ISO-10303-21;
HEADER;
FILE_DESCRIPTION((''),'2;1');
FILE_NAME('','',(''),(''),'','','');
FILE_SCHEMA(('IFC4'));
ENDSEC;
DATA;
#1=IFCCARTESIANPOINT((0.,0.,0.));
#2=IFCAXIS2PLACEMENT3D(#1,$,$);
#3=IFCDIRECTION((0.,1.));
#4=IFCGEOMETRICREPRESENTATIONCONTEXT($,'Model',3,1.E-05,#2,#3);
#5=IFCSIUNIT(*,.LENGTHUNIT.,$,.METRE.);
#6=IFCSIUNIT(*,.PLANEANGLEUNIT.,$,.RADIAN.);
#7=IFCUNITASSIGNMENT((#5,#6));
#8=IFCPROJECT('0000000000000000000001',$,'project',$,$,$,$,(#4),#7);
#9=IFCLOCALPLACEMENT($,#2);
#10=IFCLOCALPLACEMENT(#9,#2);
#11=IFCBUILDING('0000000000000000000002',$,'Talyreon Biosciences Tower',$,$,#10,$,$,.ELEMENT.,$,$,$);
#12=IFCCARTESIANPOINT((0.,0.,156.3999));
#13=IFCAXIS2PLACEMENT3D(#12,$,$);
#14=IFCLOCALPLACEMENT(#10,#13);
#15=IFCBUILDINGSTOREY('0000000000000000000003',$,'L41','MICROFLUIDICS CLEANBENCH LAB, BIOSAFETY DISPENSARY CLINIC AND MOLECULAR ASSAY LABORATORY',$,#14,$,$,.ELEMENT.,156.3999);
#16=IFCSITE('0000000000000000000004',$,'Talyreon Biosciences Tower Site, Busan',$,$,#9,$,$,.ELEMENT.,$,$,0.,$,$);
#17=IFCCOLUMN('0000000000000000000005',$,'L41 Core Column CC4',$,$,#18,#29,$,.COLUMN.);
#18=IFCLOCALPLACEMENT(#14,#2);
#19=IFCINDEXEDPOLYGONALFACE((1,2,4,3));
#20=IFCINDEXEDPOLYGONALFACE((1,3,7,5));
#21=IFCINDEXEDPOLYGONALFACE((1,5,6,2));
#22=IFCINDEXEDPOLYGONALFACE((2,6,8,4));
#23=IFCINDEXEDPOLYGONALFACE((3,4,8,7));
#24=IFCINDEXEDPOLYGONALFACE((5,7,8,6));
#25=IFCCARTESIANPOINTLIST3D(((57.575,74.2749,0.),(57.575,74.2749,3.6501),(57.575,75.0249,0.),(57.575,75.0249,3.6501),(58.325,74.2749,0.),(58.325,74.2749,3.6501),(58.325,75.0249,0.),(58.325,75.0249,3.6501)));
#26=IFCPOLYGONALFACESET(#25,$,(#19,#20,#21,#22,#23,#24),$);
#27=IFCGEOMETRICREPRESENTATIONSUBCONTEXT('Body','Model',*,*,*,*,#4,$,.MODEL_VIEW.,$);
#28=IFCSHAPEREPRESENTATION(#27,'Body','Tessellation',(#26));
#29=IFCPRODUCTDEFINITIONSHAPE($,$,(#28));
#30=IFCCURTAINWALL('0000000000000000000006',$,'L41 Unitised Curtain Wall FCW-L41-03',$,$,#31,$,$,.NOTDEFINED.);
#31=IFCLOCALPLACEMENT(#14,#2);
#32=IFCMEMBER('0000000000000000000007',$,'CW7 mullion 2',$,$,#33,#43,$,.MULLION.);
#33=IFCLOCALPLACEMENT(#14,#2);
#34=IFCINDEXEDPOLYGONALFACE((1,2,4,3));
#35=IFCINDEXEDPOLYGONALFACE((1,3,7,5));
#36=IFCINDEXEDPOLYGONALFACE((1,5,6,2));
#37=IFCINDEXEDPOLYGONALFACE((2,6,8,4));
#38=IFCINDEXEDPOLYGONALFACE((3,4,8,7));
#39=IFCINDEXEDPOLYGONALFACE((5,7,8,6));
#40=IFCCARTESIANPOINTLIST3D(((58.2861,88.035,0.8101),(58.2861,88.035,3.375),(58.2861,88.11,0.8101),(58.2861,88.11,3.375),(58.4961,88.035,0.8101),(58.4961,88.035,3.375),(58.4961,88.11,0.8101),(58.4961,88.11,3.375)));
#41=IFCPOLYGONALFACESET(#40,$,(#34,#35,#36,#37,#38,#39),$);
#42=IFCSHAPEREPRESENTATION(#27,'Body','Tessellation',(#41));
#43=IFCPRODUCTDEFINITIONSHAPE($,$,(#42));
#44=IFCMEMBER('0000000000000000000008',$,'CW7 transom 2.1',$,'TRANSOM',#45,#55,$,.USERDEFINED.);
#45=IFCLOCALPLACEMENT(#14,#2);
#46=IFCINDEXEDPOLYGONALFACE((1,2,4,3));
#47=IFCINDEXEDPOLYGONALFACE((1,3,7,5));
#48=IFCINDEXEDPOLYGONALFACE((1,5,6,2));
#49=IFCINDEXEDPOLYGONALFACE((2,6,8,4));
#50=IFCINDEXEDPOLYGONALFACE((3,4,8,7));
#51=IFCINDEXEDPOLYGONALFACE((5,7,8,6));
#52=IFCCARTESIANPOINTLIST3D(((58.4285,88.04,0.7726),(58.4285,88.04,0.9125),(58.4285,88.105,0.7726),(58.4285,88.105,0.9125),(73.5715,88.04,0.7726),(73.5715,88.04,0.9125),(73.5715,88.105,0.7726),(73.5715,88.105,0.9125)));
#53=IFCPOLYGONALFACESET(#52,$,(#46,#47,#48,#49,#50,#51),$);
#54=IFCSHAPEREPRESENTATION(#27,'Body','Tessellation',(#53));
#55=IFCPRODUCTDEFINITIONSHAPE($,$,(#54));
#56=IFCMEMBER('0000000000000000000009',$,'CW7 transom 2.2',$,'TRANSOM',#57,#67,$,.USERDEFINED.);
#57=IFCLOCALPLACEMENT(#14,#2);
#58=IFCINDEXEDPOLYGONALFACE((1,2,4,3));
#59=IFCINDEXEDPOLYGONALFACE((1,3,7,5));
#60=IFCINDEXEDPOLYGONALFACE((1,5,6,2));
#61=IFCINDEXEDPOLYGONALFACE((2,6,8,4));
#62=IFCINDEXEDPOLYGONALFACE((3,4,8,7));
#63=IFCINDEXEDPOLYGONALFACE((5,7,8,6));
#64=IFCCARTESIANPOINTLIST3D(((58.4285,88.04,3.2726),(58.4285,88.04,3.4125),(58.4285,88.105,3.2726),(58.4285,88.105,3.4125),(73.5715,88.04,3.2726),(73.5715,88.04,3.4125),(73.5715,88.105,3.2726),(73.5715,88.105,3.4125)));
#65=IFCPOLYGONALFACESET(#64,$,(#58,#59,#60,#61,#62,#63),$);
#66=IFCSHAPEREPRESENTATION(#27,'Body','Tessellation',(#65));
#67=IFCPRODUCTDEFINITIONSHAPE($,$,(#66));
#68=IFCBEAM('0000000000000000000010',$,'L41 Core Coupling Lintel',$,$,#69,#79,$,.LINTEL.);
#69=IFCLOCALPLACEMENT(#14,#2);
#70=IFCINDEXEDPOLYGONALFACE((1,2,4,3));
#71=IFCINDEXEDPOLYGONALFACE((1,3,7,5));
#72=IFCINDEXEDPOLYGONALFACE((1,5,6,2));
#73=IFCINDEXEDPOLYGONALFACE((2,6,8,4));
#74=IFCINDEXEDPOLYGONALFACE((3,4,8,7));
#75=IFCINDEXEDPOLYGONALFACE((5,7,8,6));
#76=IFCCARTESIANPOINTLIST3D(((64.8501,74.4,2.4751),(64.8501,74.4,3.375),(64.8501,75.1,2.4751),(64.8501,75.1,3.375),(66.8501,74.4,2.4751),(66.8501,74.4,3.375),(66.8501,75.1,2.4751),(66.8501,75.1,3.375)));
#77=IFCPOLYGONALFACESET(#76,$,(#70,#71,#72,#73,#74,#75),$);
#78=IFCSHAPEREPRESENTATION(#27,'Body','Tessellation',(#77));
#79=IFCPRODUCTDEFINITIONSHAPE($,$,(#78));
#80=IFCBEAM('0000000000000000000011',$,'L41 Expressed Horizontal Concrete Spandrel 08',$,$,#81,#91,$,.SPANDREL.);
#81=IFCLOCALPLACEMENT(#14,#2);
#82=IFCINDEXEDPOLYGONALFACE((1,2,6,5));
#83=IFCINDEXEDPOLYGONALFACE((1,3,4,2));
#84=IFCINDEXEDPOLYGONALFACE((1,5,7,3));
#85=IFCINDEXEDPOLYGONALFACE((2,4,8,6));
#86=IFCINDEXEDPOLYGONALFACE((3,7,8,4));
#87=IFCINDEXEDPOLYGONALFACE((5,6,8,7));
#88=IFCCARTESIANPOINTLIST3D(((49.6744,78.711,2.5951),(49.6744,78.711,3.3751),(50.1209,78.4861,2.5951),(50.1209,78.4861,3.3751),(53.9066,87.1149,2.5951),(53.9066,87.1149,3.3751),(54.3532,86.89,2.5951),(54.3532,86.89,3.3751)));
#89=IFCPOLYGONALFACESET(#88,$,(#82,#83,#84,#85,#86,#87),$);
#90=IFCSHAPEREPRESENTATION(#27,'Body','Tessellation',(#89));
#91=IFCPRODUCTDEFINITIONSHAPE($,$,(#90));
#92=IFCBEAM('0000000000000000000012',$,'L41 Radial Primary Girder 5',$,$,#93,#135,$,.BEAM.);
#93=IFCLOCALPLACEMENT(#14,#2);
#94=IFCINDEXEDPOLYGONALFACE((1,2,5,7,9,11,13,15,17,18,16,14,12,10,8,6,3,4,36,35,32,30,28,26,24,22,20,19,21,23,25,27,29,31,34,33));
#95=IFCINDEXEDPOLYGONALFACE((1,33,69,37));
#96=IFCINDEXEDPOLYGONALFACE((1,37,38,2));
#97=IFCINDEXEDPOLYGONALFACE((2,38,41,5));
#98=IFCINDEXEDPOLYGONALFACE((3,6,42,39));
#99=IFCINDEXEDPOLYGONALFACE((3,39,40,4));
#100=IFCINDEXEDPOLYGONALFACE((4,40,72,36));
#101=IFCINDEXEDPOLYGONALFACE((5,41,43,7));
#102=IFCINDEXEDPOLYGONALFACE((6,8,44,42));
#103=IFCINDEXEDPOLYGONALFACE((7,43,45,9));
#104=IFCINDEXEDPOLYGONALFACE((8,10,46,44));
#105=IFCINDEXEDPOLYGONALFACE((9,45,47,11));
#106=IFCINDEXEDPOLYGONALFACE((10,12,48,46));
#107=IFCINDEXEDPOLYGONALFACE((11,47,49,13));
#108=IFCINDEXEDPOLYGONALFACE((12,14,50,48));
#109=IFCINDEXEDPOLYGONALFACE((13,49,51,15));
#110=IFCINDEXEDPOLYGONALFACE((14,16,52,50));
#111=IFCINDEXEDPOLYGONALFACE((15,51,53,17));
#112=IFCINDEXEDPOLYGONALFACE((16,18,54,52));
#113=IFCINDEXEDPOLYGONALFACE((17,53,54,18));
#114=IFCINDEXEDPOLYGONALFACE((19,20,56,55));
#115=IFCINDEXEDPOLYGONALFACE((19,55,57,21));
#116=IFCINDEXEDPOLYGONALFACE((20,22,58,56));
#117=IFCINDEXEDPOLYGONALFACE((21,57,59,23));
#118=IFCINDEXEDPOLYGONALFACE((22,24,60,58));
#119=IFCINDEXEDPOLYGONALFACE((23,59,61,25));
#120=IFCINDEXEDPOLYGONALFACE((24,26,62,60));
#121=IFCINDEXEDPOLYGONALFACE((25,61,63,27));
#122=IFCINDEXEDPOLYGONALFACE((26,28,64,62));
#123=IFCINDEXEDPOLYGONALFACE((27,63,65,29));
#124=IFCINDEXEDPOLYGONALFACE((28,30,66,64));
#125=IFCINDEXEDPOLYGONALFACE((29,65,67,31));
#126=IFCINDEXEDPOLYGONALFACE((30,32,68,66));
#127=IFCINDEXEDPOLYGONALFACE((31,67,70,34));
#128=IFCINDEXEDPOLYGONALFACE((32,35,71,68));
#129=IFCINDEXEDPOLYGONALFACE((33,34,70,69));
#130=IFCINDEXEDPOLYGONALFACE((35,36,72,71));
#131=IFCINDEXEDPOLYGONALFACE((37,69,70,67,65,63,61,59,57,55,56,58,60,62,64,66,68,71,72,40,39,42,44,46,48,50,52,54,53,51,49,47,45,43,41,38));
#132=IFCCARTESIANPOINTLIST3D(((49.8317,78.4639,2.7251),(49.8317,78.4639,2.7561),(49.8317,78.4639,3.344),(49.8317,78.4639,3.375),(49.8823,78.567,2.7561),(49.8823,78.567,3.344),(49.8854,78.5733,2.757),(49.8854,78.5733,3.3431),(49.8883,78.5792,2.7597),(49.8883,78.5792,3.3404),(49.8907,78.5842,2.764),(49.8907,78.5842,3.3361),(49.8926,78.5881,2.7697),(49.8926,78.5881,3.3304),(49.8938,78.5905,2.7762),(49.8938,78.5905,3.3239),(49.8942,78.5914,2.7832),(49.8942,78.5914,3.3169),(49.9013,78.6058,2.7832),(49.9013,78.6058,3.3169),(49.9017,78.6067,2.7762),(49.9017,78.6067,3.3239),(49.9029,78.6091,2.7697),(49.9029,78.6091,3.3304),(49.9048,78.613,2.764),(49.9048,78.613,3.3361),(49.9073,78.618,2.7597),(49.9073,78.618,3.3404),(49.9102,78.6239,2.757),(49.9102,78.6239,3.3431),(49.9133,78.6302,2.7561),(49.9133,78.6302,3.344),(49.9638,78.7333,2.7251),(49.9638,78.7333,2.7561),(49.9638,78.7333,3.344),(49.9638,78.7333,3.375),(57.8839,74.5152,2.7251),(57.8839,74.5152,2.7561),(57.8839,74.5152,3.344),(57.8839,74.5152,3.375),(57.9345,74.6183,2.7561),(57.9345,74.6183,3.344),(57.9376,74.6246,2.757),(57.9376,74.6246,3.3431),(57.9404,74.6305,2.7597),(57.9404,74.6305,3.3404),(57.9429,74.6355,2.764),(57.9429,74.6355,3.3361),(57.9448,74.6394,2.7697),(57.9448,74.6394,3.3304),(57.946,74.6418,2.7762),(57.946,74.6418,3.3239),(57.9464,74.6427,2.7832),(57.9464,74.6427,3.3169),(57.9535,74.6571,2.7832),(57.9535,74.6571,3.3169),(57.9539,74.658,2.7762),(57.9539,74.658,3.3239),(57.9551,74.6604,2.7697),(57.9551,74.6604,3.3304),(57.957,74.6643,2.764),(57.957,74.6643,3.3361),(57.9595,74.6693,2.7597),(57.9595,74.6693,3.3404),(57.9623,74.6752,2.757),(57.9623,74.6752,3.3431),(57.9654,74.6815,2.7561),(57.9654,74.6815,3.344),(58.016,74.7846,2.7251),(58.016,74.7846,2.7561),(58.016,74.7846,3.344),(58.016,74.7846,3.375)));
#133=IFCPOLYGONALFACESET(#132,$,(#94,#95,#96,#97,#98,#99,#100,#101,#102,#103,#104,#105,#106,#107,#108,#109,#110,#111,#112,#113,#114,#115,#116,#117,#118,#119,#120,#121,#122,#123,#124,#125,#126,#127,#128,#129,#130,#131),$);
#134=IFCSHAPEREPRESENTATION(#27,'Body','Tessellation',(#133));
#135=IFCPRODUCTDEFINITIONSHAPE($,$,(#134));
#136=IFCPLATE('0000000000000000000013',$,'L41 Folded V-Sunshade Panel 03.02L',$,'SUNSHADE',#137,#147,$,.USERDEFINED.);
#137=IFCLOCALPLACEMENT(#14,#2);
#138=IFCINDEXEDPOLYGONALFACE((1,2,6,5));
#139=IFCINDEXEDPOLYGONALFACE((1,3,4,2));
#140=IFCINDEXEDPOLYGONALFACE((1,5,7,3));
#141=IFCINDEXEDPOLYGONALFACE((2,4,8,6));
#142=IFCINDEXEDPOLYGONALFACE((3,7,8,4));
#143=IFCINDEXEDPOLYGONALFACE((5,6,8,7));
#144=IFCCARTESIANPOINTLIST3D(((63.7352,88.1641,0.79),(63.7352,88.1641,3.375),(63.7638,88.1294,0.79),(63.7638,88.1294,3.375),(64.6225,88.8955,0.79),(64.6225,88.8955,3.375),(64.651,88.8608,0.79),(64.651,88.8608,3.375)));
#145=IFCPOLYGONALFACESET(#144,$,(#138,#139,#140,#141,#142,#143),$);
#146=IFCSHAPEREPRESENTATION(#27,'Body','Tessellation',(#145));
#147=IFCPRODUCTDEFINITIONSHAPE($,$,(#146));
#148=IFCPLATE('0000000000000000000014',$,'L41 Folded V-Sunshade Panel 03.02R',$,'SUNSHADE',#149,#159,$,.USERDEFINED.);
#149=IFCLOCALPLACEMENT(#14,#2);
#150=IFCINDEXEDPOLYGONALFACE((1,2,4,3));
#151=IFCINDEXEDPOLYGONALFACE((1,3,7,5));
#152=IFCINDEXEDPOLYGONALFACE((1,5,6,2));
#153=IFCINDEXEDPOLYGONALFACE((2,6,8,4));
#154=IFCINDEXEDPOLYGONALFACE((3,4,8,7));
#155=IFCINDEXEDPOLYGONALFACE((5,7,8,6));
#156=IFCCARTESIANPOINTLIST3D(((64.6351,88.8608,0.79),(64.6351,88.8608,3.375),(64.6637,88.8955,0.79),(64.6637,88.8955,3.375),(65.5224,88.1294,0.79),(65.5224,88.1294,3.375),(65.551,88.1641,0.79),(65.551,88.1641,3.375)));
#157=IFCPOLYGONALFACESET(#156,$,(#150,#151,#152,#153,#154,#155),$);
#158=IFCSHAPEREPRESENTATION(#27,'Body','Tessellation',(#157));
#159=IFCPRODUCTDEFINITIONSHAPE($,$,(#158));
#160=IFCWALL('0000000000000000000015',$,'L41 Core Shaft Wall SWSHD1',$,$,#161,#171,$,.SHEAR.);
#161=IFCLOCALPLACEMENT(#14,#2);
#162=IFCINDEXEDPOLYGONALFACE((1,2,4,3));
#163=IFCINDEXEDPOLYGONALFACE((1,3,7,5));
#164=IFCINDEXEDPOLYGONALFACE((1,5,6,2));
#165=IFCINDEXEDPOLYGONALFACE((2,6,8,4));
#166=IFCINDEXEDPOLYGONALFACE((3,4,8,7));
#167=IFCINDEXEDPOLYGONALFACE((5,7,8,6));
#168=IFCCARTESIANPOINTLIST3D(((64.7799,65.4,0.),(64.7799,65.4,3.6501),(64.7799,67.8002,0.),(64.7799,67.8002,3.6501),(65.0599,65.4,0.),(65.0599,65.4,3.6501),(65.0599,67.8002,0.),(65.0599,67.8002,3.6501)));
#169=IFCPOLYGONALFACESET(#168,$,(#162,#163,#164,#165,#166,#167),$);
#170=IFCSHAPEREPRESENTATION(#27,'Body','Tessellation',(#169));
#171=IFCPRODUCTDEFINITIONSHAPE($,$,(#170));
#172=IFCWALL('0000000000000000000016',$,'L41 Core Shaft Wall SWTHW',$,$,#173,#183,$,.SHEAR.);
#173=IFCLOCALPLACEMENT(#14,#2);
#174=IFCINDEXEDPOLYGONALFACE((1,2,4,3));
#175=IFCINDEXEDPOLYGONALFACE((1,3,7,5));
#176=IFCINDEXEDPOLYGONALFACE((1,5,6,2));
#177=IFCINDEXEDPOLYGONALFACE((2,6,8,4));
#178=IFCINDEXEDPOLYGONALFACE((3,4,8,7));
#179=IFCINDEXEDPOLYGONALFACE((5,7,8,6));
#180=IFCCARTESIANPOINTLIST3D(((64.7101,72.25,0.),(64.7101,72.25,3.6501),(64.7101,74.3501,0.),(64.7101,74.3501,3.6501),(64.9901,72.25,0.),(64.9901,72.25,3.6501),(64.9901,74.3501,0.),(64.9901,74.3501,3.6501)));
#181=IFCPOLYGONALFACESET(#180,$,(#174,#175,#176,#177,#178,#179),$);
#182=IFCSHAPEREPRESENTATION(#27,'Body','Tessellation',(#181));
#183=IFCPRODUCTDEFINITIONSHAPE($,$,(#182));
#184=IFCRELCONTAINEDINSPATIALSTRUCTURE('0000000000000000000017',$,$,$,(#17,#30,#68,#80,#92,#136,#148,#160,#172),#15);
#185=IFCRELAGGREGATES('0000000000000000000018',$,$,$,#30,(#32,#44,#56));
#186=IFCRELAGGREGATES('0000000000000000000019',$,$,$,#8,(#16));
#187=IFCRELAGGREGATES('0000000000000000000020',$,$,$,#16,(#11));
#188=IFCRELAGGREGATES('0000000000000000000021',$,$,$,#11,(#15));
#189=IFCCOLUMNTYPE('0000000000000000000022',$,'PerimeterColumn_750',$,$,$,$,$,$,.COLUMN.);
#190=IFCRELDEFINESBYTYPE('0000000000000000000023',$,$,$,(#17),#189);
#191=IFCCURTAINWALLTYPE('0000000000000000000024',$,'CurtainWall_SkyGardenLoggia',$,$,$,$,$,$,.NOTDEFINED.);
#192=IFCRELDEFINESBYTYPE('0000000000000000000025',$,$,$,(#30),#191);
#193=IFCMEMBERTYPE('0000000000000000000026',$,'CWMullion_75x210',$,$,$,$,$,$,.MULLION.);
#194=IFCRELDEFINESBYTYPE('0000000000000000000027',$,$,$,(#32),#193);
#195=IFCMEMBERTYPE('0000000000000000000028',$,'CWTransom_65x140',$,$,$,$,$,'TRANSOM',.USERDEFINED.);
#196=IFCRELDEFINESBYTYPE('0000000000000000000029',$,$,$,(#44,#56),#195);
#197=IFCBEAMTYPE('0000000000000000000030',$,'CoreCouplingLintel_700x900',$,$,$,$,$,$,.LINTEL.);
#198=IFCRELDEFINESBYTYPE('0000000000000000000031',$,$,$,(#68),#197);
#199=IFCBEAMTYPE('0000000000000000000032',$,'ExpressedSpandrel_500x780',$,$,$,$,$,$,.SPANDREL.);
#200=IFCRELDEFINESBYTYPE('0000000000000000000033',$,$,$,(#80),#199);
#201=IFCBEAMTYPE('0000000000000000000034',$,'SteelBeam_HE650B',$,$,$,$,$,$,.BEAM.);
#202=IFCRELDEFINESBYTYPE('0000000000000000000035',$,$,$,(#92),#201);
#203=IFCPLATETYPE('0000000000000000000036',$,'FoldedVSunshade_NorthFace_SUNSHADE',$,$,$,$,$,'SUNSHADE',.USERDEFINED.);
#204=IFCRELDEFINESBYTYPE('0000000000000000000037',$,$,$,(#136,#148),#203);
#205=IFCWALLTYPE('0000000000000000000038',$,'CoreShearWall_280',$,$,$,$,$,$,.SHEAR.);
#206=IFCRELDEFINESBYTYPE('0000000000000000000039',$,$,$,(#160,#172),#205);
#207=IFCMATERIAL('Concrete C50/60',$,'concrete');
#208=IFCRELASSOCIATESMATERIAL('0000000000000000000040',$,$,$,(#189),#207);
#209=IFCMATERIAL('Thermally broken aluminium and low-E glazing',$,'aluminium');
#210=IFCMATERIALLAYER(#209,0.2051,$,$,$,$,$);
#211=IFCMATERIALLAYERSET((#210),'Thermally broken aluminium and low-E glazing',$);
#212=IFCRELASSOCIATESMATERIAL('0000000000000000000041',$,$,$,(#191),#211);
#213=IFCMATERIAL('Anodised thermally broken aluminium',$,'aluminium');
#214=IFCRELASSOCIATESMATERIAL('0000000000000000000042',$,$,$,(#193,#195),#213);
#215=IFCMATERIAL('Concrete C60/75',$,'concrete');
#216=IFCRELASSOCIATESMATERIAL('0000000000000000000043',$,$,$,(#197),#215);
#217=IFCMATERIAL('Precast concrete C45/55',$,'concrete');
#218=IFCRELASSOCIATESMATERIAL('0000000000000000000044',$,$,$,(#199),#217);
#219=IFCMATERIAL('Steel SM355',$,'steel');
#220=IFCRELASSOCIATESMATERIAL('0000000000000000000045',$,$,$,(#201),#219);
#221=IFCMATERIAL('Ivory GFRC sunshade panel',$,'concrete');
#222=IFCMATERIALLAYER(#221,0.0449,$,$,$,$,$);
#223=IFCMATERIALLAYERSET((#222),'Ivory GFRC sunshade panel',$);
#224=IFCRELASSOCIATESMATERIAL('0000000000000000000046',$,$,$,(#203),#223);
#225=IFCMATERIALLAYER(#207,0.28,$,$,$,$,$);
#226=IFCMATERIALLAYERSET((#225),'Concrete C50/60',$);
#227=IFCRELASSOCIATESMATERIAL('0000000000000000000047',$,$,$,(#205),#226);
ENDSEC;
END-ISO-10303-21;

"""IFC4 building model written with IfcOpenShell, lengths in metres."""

from ifc_helpers import new_model, si_unit, direction, frame, frame_2d, origin, origin_2d, place, context, subcontext, project, spatial, rectangle, i_section, extrude, material, layer, layer_set, material_profile, profile_set, type_object, element, aggregate, save


model = new_model("IFC4")

# Units and contexts
model_context = context("Model", 3, precision=1e-05, world=origin(), true_north=direction((0.0, 1.0)))
body_context = subcontext(model_context, "Body", "Model", "MODEL_VIEW")
ifc_project = project(units=[si_unit("LENGTHUNIT", "METRE"), si_unit("PLANEANGLEUNIT", "RADIAN")], contexts=[model_context])

# Site, building, storey
site_placement = place(None, origin())
site = spatial("IfcSite", under=ifc_project, at=site_placement, Name="Talyreon Biosciences Tower Site, Busan", CompositionType="ELEMENT", RefElevation=0.0)
building_placement = place(site_placement, origin())
building = spatial("IfcBuilding", under=site, at=building_placement, Name="Talyreon Biosciences Tower", CompositionType="ELEMENT")
storey_placement = place(building_placement, frame((0.0, 0.0, 156.3999)))
storey = spatial("IfcBuildingStorey", under=building, at=storey_placement, Name="L41", Description="MICROFLUIDICS CLEANBENCH LAB, BIOSAFETY DISPENSARY CLINIC AND MOLECULAR ASSAY LABORATORY", CompositionType="ELEMENT", Elevation=156.3999)

# Column
ifc_material_1 = material(Name="Concrete C50/60", Category="concrete")
ifc_material_profile_1 = material_profile(ifc_material_1, rectangle(XDim=0.75, YDim=0.75, at=origin_2d()), Name="RC 750x750")
ifc_profile_set_1 = profile_set([ifc_material_profile_1], Name="Concrete C50/60")
column_type = type_object("IfcColumnType", Name="PerimeterColumn_750", PredefinedType="COLUMN", material=ifc_profile_set_1)
column_placement = place(storey_placement, frame((57.95, 74.6499, 0.0), z_axis=(0.0, 0.0, 1.0), x_axis=(1.0, 0.0, 0.0)))
element("IfcColumn", 1, at=column_placement, inside=storey, type_object=column_type, Name="L41 Core Column CC4", PredefinedType="COLUMN", context=body_context, shape_type="SweptSolid", body=[
    extrude(rectangle(XDim=0.75, YDim=0.75, at=origin_2d()), origin(), (0.0, 0.0, 1.0), 3.6501),
])

# Curtain wall, members
ifc_material_2 = material(Name="Thermally broken aluminium and low-E glazing", Category="aluminium")
ifc_layer_1 = layer(ifc_material_2, 0.2051)
ifc_layer_set_1 = layer_set([ifc_layer_1], Name="Thermally broken aluminium and low-E glazing")
curtain_wall_type = type_object("IfcCurtainWallType", Name="CurtainWall_SkyGardenLoggia", PredefinedType="NOTDEFINED", material=ifc_layer_set_1)
curtain_wall_placement = place(storey_placement, origin())
curtain_wall = element("IfcCurtainWall", 2, at=curtain_wall_placement, inside=storey, type_object=curtain_wall_type, Name="L41 Unitised Curtain Wall FCW-L41-03", PredefinedType="NOTDEFINED")
ifc_material_3 = material(Name="Anodised thermally broken aluminium", Category="aluminium")
ifc_material_profile_2 = material_profile(ifc_material_3, rectangle(XDim=0.075, YDim=0.21, at=origin_2d()), Name="ALUM MULLION 75x210")
ifc_profile_set_2 = profile_set([ifc_material_profile_2], Name="Anodised thermally broken aluminium")
member_type_1 = type_object("IfcMemberType", Name="CWMullion_75x210", PredefinedType="MULLION", material=ifc_profile_set_2)
member_1_placement = place(storey_placement, frame((58.3911, 88.0725, 0.8101), z_axis=(0.0, 0.0, 1.0), x_axis=(0.0, 1.0, 0.0)))
member_1 = element("IfcMember", 3, at=member_1_placement, type_object=member_type_1, Name="CW7 mullion 2", PredefinedType="MULLION", context=body_context, shape_type="SweptSolid", body=[
    extrude(rectangle(XDim=0.075, YDim=0.21, at=origin_2d()), origin(), (0.0, 0.0, 1.0), 2.5649),
])
ifc_material_profile_3 = material_profile(ifc_material_3, rectangle(XDim=0.0649, YDim=0.1399, at=origin_2d()), Name="ALUM TRANSOM 65x140")
ifc_profile_set_3 = profile_set([ifc_material_profile_3], Name="Anodised thermally broken aluminium")
member_type_2 = type_object("IfcMemberType", Name="CWTransom_65x140", ElementType="TRANSOM", PredefinedType="USERDEFINED", material=ifc_profile_set_3)
member_2_placement = place(storey_placement, frame((58.4285, 88.0725, 0.8425), z_axis=(1.0, 0.0, 0.0), x_axis=(0.0, 1.0, 0.0)))
member_2 = element("IfcMember", 4, at=member_2_placement, type_object=member_type_2, Name="CW7 transom 2.1", ObjectType="TRANSOM", PredefinedType="USERDEFINED", context=body_context, shape_type="SweptSolid", body=[
    extrude(rectangle(XDim=0.0649, YDim=0.1399, at=origin_2d()), origin(), (0.0, 0.0, 1.0), 15.1431),
])
member_3_placement = place(storey_placement, frame((58.4285, 88.0725, 3.3425), z_axis=(1.0, 0.0, 0.0), x_axis=(0.0, 1.0, 0.0)))
member_3 = element("IfcMember", 5, at=member_3_placement, type_object=member_type_2, Name="CW7 transom 2.2", ObjectType="TRANSOM", PredefinedType="USERDEFINED", context=body_context, shape_type="SweptSolid", body=[
    extrude(rectangle(XDim=0.0649, YDim=0.1399, at=origin_2d()), origin(), (0.0, 0.0, 1.0), 15.1431),
])
aggregate(curtain_wall, [member_1, member_2, member_3])

# Beams
ifc_material_4 = material(Name="Concrete C60/75", Category="concrete")
ifc_material_profile_4 = material_profile(ifc_material_4, rectangle(XDim=0.7, YDim=0.8999, at=origin_2d()), Name="RCB 700x900")
ifc_profile_set_4 = profile_set([ifc_material_profile_4], Name="Concrete C60/75")
beam_type_1 = type_object("IfcBeamType", Name="CoreCouplingLintel_700x900", PredefinedType="LINTEL", material=ifc_profile_set_4)
beam_1_placement = place(storey_placement, frame((64.8501, 74.75, 2.925), z_axis=(1.0, 0.0, 0.0), x_axis=(0.0, 1.0, 0.0)))
element("IfcBeam", 6, at=beam_1_placement, inside=storey, type_object=beam_type_1, Name="L41 Core Coupling Lintel", PredefinedType="LINTEL", context=body_context, shape_type="SweptSolid", body=[
    extrude(rectangle(XDim=0.7, YDim=0.8999, at=origin_2d()), origin(), (0.0, 0.0, 1.0), 2.0),
])
ifc_material_5 = material(Name="Precast concrete C45/55", Category="concrete")
ifc_material_profile_5 = material_profile(ifc_material_5, rectangle(XDim=0.5, YDim=0.78, at=origin_2d()), Name="RCB 500x780")
ifc_profile_set_5 = profile_set([ifc_material_profile_5], Name="Precast concrete C45/55")
beam_type_2 = type_object("IfcBeamType", Name="ExpressedSpandrel_500x780", PredefinedType="SPANDREL", material=ifc_profile_set_5)
beam_2_placement = place(storey_placement, frame((54.1299, 87.0024, 2.9851), z_axis=(-0.449786, -0.893137, 0.0), x_axis=(0.893137, -0.449786, 0.0)))
element("IfcBeam", 7, at=beam_2_placement, inside=storey, type_object=beam_type_2, Name="L41 Expressed Horizontal Concrete Spandrel 08", PredefinedType="SPANDREL", context=body_context, shape_type="SweptSolid", body=[
    extrude(rectangle(XDim=0.5, YDim=0.78, at=origin_2d()), origin(), (0.0, 0.0, 1.0), 9.4094),
])
ifc_material_6 = material(Name="Steel SM355", Category="steel")
ifc_material_profile_6 = material_profile(ifc_material_6, i_section(OverallWidth=0.3, OverallDepth=0.6499, WebThickness=0.0161, FlangeThickness=0.031, FilletRadius=0.0271, at=origin_2d()), Name="HE650B")
ifc_profile_set_6 = profile_set([ifc_material_profile_6], Name="Steel SM355")
beam_type_3 = type_object("IfcBeamType", Name="SteelBeam_HE650B", PredefinedType="BEAM", material=ifc_profile_set_6)
beam_3_placement = place(storey_placement, frame((57.95, 74.6499, 3.05), z_axis=(-0.897852, 0.440297, 0.0), x_axis=(-0.440297, -0.897852, 0.0)))
element("IfcBeam", 8, at=beam_3_placement, inside=storey, type_object=beam_type_3, Name="L41 Radial Primary Girder 5", PredefinedType="BEAM", context=body_context, shape_type="SweptSolid", body=[
    extrude(i_section(OverallWidth=0.3, OverallDepth=0.6499, WebThickness=0.0161, FlangeThickness=0.031, FilletRadius=0.0271, at=origin_2d()), origin(), (0.0, 0.0, 1.0), 8.9683),
])

# Plates
ifc_material_7 = material(Name="Ivory GFRC sunshade panel", Category="concrete")
ifc_layer_2 = layer(ifc_material_7, 0.0449)
ifc_layer_set_2 = layer_set([ifc_layer_2], Name="Ivory GFRC sunshade panel")
plate_type = type_object("IfcPlateType", Name="FoldedVSunshade_NorthFace_SUNSHADE", ElementType="SUNSHADE", PredefinedType="USERDEFINED", material=ifc_layer_set_2)
for number, where, z_axis, x_axis, name in (
    (9, (64.1931, 88.5125, 0.79), (0.0, 0.0, 1.0), (0.771625, 0.636078, 0.0), "L41 Folded V-Sunshade Panel 03.02L"),
    (10, (65.093, 88.5125, 0.79), (0.0, 0.0, 1.0), (0.771625, -0.636078, 0.0), "L41 Folded V-Sunshade Panel 03.02R"),
):
    element("IfcPlate", number, at=place(storey_placement, frame(where, z_axis=z_axis, x_axis=x_axis)), inside=storey, type_object=plate_type, Name=name, ObjectType="SUNSHADE", PredefinedType="USERDEFINED", context=body_context, shape_type="SweptSolid", body=[
        extrude(rectangle(XDim=1.1499, YDim=0.0449, at=origin_2d()), origin(), (0.0, 0.0, 1.0), 2.585),
    ])

# Walls
ifc_layer_3 = layer(ifc_material_1, 0.28)
ifc_layer_set_3 = layer_set([ifc_layer_3], Name="Concrete C50/60")
wall_type_1 = type_object("IfcWallType", Name="CoreShearWall_280", PredefinedType="SHEAR", material=ifc_layer_set_3)
wall_1_placement = place(storey_placement, frame((64.9199, 65.3999, 0.0), z_axis=(0.0, 0.0, 1.0), x_axis=(0.0, 1.0, 0.0)))
element("IfcWall", 11, at=wall_1_placement, inside=storey, type_object=wall_type_1, Name="L41 Core Shaft Wall SWSHD1", PredefinedType="SHEAR", context=body_context, shape_type="SweptSolid", body=[
    extrude(rectangle(XDim=2.4001, YDim=0.28, at=frame_2d((1.2002, 0.0))), origin(), (0.0, 0.0, 1.0), 3.6501),
])
wall_2_placement = place(storey_placement, frame((64.8501, 72.25, 0.0), z_axis=(0.0, 0.0, 1.0), x_axis=(0.0, 1.0, 0.0)))
element("IfcWall", 12, at=wall_2_placement, inside=storey, type_object=wall_type_1, Name="L41 Core Shaft Wall SWTHW", PredefinedType="SHEAR", context=body_context, shape_type="SweptSolid", body=[
    extrude(rectangle(XDim=2.1001, YDim=0.28, at=frame_2d((1.05, 0.0))), origin(), (0.0, 0.0, 1.0), 3.6501),
])

save(model, "model.ifc")
